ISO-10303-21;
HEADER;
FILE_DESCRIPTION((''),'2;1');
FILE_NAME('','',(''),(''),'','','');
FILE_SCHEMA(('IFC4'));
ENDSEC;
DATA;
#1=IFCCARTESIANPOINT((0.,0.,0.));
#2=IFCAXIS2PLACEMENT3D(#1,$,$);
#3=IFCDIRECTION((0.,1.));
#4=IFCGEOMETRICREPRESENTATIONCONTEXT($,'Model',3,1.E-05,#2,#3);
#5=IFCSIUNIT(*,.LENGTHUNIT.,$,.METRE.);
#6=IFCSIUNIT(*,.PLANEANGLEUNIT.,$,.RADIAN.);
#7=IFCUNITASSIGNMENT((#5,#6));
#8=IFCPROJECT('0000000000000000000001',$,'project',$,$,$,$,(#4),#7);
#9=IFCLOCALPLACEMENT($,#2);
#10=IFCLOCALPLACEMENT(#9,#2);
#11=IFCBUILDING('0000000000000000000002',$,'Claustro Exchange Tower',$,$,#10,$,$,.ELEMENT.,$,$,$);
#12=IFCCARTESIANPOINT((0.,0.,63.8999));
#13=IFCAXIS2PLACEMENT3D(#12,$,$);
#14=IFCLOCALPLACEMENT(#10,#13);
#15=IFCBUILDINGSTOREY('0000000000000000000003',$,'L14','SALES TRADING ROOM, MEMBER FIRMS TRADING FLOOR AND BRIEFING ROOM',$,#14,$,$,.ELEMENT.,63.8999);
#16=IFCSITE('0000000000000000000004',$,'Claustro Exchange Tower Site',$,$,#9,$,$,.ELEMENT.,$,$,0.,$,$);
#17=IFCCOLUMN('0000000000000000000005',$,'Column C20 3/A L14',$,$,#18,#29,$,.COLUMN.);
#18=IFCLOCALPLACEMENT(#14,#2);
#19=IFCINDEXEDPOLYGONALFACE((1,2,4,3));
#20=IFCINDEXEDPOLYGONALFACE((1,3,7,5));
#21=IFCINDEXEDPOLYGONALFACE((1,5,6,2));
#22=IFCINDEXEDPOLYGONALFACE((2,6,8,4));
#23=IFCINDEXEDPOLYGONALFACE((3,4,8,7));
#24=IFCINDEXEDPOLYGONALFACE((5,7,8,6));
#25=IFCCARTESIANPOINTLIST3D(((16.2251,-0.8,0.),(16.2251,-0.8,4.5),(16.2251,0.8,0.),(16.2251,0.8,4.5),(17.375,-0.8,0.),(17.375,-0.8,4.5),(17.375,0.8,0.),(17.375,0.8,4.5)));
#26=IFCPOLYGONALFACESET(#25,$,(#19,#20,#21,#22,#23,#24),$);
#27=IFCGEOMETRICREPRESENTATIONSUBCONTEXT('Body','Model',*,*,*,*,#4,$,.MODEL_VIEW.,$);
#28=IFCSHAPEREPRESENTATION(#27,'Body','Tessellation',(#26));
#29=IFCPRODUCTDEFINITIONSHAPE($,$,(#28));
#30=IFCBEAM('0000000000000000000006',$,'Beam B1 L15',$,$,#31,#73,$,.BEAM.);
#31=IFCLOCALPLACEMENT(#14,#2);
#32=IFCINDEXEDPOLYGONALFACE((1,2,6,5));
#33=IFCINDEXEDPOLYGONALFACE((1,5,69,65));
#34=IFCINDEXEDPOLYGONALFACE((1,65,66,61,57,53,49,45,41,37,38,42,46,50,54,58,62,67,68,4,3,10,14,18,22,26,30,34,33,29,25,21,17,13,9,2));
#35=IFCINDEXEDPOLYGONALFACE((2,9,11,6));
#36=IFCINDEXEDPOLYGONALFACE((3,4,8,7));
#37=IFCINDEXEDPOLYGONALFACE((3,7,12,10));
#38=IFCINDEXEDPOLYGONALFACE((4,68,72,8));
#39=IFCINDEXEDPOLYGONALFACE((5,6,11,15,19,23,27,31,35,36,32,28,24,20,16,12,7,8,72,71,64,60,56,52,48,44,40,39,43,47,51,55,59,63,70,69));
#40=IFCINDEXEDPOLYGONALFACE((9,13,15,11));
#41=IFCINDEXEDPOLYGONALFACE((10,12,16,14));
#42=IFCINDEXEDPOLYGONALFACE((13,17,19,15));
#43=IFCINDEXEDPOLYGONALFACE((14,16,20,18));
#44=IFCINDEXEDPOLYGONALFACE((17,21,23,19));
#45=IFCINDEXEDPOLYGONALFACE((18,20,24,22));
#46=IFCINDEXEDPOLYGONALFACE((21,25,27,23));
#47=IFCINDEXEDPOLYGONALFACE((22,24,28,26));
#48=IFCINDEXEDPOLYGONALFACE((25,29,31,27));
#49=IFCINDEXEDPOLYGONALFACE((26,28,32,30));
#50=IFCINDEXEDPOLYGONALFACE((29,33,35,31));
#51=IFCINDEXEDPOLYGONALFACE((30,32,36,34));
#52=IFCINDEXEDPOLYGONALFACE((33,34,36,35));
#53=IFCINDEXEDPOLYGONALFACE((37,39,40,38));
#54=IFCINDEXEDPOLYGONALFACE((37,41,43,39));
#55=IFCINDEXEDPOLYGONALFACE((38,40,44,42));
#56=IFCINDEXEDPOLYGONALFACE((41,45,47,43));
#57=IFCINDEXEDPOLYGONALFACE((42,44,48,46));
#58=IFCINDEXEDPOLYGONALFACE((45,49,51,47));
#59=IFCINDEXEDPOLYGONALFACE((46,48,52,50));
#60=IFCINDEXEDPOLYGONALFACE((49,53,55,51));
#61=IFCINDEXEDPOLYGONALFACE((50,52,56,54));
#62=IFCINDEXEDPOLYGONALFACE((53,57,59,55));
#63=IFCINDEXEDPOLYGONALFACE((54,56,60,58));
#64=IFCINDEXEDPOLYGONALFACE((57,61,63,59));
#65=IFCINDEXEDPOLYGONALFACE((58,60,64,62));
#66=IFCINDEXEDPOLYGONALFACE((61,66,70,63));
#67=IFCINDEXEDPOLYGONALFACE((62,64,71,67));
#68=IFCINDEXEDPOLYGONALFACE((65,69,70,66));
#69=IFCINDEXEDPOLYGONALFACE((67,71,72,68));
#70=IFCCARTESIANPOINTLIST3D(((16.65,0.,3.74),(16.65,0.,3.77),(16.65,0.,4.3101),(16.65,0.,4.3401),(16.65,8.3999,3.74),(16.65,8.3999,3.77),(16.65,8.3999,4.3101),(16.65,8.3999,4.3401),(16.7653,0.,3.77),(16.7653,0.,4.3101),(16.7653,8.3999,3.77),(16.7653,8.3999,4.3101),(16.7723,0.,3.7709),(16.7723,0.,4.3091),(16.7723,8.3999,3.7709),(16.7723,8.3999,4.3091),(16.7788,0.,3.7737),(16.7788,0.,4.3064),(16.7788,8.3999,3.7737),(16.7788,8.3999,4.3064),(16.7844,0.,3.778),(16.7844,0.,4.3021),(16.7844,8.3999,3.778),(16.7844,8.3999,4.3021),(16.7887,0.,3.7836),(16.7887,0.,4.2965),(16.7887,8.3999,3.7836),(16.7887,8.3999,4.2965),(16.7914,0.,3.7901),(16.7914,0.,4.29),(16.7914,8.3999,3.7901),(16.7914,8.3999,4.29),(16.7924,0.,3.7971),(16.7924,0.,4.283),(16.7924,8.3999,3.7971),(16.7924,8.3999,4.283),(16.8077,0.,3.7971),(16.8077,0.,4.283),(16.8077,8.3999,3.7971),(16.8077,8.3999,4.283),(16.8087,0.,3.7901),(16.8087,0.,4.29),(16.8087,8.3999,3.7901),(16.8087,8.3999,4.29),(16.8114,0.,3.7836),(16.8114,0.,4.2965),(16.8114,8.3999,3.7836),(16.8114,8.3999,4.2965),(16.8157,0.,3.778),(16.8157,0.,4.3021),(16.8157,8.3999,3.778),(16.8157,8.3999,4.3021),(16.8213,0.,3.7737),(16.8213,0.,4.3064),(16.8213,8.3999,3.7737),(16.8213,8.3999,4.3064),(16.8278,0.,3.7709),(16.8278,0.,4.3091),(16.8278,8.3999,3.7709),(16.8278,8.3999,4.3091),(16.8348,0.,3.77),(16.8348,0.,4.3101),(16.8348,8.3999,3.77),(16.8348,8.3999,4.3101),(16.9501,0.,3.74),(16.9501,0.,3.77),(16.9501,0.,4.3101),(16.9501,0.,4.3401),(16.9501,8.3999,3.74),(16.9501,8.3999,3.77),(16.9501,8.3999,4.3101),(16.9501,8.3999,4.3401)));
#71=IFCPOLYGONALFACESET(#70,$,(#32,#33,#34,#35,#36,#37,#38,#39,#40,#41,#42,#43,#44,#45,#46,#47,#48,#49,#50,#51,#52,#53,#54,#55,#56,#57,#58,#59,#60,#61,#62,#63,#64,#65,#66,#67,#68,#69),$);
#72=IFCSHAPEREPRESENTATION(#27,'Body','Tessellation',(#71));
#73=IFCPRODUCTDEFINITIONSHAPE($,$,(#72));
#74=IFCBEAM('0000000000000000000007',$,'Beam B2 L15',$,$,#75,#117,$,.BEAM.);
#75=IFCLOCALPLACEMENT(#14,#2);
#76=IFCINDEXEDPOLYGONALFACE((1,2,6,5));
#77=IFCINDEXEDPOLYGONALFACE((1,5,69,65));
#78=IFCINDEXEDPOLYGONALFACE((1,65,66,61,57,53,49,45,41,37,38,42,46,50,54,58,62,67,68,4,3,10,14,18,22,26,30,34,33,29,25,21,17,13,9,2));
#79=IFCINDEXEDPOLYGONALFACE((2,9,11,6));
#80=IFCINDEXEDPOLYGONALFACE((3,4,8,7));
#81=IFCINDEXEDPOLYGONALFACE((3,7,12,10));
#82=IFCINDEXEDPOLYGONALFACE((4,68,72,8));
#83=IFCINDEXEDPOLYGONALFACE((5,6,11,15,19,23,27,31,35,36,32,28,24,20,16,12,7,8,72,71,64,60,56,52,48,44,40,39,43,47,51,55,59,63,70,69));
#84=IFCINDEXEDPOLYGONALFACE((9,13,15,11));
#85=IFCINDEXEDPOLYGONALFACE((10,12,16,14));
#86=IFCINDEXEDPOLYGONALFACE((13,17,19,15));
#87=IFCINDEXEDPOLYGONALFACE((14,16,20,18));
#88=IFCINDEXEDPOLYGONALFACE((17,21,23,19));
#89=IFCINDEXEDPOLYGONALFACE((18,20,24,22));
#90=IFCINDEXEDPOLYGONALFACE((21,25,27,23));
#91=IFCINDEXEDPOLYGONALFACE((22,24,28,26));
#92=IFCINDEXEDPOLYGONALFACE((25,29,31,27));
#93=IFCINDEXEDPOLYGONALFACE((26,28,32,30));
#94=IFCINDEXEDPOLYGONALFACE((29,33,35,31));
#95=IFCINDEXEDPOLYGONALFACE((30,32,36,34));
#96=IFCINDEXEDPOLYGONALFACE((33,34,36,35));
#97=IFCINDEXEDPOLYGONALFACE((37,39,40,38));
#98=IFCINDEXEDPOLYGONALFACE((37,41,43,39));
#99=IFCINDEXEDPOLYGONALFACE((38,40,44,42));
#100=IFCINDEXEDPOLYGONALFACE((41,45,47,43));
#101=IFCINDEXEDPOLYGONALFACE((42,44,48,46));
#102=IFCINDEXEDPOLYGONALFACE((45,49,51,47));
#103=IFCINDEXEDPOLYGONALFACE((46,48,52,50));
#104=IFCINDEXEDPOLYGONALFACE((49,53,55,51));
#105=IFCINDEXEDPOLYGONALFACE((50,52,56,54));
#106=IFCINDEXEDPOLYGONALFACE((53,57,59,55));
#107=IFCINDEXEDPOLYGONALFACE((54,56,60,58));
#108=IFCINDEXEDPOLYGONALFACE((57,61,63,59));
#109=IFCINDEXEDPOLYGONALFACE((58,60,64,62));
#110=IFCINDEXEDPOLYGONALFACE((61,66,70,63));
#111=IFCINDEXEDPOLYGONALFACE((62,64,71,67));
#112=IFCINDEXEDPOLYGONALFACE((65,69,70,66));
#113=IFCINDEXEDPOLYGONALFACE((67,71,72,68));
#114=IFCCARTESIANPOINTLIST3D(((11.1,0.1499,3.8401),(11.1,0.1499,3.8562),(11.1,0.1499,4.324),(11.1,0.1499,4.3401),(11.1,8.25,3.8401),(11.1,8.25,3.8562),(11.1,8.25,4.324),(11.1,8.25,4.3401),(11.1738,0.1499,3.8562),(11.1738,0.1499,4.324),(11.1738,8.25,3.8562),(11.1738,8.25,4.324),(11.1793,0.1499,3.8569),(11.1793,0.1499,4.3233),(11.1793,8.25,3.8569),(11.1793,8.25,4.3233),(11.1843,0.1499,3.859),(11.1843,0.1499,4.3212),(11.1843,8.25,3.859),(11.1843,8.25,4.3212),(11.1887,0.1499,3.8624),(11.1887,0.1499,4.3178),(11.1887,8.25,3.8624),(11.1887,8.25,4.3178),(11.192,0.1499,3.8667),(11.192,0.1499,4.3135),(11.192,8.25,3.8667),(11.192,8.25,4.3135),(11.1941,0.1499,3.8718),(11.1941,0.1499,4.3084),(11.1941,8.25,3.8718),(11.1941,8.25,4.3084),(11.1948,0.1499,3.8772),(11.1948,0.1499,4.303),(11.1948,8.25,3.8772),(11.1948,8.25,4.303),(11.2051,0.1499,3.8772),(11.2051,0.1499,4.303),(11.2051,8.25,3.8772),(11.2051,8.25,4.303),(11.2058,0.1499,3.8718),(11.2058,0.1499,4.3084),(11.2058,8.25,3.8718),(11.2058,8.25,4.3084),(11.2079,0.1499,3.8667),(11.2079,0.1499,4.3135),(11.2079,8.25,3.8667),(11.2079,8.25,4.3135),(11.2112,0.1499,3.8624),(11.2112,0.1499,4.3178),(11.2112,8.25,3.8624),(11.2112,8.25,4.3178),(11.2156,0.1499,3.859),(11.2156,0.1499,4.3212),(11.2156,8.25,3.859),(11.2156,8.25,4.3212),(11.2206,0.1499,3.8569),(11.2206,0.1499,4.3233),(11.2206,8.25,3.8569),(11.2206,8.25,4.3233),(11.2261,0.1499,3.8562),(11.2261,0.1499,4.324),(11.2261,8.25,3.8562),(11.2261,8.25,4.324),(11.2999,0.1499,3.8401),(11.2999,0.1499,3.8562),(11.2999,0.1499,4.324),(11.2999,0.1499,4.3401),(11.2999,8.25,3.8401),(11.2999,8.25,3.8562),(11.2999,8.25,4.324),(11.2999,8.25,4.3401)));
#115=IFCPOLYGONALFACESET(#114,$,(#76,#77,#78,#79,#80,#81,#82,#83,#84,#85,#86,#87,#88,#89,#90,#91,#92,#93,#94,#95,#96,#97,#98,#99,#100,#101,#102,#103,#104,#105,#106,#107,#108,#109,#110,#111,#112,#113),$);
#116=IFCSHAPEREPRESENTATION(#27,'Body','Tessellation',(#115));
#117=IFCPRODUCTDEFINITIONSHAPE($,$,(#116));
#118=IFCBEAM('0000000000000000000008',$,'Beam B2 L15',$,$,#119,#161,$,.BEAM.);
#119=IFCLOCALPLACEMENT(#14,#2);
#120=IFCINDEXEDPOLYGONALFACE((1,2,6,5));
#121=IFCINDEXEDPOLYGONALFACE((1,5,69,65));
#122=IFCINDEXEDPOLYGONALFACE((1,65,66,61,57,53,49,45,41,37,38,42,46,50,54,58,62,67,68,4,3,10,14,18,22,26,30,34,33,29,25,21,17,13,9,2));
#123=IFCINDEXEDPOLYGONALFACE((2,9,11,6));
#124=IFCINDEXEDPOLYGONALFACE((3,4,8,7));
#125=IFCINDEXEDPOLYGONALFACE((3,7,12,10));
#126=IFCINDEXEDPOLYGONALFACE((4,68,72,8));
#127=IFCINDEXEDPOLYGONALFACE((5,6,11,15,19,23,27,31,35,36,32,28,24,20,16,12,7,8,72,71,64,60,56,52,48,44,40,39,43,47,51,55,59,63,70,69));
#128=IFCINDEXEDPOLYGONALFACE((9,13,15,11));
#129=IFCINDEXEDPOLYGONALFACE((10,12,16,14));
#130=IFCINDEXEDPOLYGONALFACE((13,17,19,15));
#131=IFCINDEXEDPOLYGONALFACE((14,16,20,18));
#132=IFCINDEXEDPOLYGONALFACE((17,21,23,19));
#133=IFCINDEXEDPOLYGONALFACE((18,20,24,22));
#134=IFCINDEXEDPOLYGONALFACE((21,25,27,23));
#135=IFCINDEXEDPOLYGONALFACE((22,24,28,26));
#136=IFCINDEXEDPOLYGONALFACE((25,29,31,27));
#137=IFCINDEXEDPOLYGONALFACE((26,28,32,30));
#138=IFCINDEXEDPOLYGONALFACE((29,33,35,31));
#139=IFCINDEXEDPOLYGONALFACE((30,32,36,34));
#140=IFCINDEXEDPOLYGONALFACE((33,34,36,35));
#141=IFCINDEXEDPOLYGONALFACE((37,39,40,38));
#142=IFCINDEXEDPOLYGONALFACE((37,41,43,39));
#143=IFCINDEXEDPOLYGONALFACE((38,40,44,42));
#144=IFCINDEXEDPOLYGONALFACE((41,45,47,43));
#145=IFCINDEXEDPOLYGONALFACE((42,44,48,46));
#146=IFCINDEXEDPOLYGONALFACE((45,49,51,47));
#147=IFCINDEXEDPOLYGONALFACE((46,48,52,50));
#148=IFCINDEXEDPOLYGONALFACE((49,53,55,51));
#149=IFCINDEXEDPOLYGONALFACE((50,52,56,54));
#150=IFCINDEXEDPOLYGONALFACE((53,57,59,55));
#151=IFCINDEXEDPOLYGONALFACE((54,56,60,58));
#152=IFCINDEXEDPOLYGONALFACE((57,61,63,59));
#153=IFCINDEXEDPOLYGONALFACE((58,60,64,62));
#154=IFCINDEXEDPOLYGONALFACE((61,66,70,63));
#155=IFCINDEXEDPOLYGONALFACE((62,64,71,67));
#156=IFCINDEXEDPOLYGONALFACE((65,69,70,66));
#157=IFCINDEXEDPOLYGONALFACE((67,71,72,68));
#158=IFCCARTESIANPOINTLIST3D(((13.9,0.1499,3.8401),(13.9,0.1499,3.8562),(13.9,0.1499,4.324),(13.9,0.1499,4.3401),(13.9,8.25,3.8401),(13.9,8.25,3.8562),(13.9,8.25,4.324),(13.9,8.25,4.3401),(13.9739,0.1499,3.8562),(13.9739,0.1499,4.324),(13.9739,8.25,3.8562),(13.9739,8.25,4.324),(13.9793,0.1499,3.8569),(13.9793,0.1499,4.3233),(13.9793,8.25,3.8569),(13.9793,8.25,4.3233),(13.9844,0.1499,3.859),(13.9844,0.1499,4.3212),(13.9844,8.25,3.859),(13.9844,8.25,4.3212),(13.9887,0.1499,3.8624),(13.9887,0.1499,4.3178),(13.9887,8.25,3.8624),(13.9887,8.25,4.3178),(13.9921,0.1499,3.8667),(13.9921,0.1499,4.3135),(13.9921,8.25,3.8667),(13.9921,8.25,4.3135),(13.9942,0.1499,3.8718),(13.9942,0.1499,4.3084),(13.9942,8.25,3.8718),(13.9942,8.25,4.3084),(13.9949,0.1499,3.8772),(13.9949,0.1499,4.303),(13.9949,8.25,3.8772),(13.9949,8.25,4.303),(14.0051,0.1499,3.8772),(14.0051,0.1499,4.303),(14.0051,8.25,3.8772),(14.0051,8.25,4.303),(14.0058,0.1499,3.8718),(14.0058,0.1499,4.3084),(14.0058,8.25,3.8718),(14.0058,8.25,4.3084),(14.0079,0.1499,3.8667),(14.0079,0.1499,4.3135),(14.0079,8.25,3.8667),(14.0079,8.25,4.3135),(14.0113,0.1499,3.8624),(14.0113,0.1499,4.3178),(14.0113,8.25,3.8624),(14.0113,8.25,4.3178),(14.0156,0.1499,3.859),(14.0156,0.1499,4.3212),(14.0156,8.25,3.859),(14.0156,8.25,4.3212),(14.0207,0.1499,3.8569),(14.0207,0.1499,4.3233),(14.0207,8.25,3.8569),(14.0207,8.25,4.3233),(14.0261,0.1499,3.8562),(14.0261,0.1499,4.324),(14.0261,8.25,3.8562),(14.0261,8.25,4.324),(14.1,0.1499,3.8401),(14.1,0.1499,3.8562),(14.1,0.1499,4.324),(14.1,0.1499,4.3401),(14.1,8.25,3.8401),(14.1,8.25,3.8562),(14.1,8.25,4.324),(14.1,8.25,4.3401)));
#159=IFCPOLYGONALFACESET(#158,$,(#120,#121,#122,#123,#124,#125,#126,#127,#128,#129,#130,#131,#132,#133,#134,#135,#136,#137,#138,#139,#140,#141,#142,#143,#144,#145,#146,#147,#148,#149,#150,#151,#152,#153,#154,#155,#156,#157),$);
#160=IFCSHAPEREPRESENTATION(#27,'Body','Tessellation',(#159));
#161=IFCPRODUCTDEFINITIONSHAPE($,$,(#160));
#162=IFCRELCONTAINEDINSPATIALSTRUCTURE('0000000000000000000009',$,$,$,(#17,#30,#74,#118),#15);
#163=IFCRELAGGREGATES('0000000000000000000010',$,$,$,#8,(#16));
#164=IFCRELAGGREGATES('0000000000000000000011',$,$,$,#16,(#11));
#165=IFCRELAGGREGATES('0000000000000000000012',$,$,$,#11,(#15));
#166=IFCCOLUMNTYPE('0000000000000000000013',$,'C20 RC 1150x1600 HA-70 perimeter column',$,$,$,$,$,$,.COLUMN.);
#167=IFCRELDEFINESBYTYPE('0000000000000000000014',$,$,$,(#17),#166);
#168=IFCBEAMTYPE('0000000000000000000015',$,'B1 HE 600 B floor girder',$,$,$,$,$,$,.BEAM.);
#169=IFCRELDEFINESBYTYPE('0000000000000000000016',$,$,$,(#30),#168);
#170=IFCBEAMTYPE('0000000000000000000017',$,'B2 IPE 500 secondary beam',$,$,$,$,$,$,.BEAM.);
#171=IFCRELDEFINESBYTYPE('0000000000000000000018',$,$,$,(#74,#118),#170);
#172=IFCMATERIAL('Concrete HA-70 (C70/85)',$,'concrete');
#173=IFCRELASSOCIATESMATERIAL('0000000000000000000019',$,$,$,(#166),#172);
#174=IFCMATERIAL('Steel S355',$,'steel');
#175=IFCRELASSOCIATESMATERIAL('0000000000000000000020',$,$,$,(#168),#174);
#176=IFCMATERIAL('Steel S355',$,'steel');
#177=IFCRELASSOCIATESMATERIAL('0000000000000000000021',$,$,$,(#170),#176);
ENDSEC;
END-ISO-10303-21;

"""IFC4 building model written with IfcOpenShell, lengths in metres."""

from ifc_helpers import new_model, si_unit, direction, frame, origin, origin_2d, place, context, subcontext, project, spatial, rectangle, i_section, extrude, material, material_profile, profile_set, type_object, element, save


model = new_model("IFC4")

# Units and contexts
model_context = context("Model", 3, precision=1e-05, world=origin(), true_north=direction((0.0, 1.0)))
body_context = subcontext(model_context, "Body", "Model", "MODEL_VIEW")
ifc_project = project(units=[si_unit("LENGTHUNIT", "METRE"), si_unit("PLANEANGLEUNIT", "RADIAN")], contexts=[model_context])

# Site, building, storey
site_placement = place(None, origin())
site = spatial("IfcSite", under=ifc_project, at=site_placement, Name="Claustro Exchange Tower Site", CompositionType="ELEMENT", RefElevation=0.0)
building_placement = place(site_placement, origin())
building = spatial("IfcBuilding", under=site, at=building_placement, Name="Claustro Exchange Tower", CompositionType="ELEMENT")
storey_placement = place(building_placement, frame((0.0, 0.0, 63.8999)))
storey = spatial("IfcBuildingStorey", under=building, at=storey_placement, Name="L14", Description="SALES TRADING ROOM, MEMBER FIRMS TRADING FLOOR AND BRIEFING ROOM", CompositionType="ELEMENT", Elevation=63.8999)

# Column
ifc_material_1 = material(Name="Concrete HA-70 (C70/85)", Category="concrete")
ifc_material_profile_1 = material_profile(ifc_material_1, rectangle(XDim=1.1499, YDim=1.6001, at=origin_2d()), Name="RC 1150x1600")
ifc_profile_set_1 = profile_set([ifc_material_profile_1], Name="Concrete HA-70 (C70/85)")
column_type = type_object("IfcColumnType", Name="C20 RC 1150x1600 HA-70 perimeter column", PredefinedType="COLUMN", material=ifc_profile_set_1)
column_placement = place(storey_placement, frame((16.8, 0.0, 0.0), z_axis=(0.0, 0.0, 1.0), x_axis=(1.0, 0.0, 0.0)))
element("IfcColumn", 1, at=column_placement, inside=storey, type_object=column_type, Name="Column C20 3/A L14", PredefinedType="COLUMN", context=body_context, shape_type="SweptSolid", body=[
    extrude(rectangle(XDim=1.1499, YDim=1.6001, at=origin_2d()), origin(), (0.0, 0.0, 1.0), 4.5),
])

# Beams
ifc_material_2 = material(Name="Steel S355", Category="steel")
ifc_material_profile_2 = material_profile(ifc_material_2, i_section(OverallWidth=0.3, OverallDepth=0.6001, WebThickness=0.0154, FlangeThickness=0.03, FilletRadius=0.0271, at=origin_2d()), Name="HE 600 B")
ifc_profile_set_2 = profile_set([ifc_material_profile_2], Name="Steel S355")
beam_type_1 = type_object("IfcBeamType", Name="B1 HE 600 B floor girder", PredefinedType="BEAM", material=ifc_profile_set_2)
beam_1_placement = place(storey_placement, frame((16.8, 0.0, 4.04), z_axis=(0.0, 1.0, 0.0), x_axis=(-1.0, 0.0, 0.0)))
element("IfcBeam", 2, at=beam_1_placement, inside=storey, type_object=beam_type_1, Name="Beam B1 L15", PredefinedType="BEAM", context=body_context, shape_type="SweptSolid", body=[
    extrude(i_section(OverallWidth=0.3, OverallDepth=0.6001, WebThickness=0.0154, FlangeThickness=0.03, FilletRadius=0.0271, at=origin_2d()), origin(), (0.0, 0.0, 1.0), 8.3999),
])
ifc_material_3 = material(Name="Steel S355", Category="steel")
ifc_material_profile_3 = material_profile(ifc_material_3, i_section(OverallWidth=0.2, OverallDepth=0.5, WebThickness=0.0103, FlangeThickness=0.0161, FilletRadius=0.021, at=origin_2d()), Name="IPE 500")
ifc_profile_set_3 = profile_set([ifc_material_profile_3], Name="Steel S355")
beam_type_2 = type_object("IfcBeamType", Name="B2 IPE 500 secondary beam", PredefinedType="BEAM", material=ifc_profile_set_3)
for number, where, z_axis, x_axis, name in (
    (3, (11.2, 0.1499, 4.0901), (0.0, 1.0, 0.0), (-1.0, 0.0, 0.0), "Beam B2 L15"),
    (4, (14.0, 0.1499, 4.0901), (0.0, 1.0, 0.0), (-1.0, 0.0, 0.0), "Beam B2 L15"),
):
    element("IfcBeam", number, at=place(storey_placement, frame(where, z_axis=z_axis, x_axis=x_axis)), inside=storey, type_object=beam_type_2, Name=name, PredefinedType="BEAM", context=body_context, shape_type="SweptSolid", body=[
        extrude(i_section(OverallWidth=0.2, OverallDepth=0.5, WebThickness=0.0103, FlangeThickness=0.0161, FilletRadius=0.021, at=origin_2d()), origin(), (0.0, 0.0, 1.0), 8.1001),
    ])

save(model, "model.ifc")
